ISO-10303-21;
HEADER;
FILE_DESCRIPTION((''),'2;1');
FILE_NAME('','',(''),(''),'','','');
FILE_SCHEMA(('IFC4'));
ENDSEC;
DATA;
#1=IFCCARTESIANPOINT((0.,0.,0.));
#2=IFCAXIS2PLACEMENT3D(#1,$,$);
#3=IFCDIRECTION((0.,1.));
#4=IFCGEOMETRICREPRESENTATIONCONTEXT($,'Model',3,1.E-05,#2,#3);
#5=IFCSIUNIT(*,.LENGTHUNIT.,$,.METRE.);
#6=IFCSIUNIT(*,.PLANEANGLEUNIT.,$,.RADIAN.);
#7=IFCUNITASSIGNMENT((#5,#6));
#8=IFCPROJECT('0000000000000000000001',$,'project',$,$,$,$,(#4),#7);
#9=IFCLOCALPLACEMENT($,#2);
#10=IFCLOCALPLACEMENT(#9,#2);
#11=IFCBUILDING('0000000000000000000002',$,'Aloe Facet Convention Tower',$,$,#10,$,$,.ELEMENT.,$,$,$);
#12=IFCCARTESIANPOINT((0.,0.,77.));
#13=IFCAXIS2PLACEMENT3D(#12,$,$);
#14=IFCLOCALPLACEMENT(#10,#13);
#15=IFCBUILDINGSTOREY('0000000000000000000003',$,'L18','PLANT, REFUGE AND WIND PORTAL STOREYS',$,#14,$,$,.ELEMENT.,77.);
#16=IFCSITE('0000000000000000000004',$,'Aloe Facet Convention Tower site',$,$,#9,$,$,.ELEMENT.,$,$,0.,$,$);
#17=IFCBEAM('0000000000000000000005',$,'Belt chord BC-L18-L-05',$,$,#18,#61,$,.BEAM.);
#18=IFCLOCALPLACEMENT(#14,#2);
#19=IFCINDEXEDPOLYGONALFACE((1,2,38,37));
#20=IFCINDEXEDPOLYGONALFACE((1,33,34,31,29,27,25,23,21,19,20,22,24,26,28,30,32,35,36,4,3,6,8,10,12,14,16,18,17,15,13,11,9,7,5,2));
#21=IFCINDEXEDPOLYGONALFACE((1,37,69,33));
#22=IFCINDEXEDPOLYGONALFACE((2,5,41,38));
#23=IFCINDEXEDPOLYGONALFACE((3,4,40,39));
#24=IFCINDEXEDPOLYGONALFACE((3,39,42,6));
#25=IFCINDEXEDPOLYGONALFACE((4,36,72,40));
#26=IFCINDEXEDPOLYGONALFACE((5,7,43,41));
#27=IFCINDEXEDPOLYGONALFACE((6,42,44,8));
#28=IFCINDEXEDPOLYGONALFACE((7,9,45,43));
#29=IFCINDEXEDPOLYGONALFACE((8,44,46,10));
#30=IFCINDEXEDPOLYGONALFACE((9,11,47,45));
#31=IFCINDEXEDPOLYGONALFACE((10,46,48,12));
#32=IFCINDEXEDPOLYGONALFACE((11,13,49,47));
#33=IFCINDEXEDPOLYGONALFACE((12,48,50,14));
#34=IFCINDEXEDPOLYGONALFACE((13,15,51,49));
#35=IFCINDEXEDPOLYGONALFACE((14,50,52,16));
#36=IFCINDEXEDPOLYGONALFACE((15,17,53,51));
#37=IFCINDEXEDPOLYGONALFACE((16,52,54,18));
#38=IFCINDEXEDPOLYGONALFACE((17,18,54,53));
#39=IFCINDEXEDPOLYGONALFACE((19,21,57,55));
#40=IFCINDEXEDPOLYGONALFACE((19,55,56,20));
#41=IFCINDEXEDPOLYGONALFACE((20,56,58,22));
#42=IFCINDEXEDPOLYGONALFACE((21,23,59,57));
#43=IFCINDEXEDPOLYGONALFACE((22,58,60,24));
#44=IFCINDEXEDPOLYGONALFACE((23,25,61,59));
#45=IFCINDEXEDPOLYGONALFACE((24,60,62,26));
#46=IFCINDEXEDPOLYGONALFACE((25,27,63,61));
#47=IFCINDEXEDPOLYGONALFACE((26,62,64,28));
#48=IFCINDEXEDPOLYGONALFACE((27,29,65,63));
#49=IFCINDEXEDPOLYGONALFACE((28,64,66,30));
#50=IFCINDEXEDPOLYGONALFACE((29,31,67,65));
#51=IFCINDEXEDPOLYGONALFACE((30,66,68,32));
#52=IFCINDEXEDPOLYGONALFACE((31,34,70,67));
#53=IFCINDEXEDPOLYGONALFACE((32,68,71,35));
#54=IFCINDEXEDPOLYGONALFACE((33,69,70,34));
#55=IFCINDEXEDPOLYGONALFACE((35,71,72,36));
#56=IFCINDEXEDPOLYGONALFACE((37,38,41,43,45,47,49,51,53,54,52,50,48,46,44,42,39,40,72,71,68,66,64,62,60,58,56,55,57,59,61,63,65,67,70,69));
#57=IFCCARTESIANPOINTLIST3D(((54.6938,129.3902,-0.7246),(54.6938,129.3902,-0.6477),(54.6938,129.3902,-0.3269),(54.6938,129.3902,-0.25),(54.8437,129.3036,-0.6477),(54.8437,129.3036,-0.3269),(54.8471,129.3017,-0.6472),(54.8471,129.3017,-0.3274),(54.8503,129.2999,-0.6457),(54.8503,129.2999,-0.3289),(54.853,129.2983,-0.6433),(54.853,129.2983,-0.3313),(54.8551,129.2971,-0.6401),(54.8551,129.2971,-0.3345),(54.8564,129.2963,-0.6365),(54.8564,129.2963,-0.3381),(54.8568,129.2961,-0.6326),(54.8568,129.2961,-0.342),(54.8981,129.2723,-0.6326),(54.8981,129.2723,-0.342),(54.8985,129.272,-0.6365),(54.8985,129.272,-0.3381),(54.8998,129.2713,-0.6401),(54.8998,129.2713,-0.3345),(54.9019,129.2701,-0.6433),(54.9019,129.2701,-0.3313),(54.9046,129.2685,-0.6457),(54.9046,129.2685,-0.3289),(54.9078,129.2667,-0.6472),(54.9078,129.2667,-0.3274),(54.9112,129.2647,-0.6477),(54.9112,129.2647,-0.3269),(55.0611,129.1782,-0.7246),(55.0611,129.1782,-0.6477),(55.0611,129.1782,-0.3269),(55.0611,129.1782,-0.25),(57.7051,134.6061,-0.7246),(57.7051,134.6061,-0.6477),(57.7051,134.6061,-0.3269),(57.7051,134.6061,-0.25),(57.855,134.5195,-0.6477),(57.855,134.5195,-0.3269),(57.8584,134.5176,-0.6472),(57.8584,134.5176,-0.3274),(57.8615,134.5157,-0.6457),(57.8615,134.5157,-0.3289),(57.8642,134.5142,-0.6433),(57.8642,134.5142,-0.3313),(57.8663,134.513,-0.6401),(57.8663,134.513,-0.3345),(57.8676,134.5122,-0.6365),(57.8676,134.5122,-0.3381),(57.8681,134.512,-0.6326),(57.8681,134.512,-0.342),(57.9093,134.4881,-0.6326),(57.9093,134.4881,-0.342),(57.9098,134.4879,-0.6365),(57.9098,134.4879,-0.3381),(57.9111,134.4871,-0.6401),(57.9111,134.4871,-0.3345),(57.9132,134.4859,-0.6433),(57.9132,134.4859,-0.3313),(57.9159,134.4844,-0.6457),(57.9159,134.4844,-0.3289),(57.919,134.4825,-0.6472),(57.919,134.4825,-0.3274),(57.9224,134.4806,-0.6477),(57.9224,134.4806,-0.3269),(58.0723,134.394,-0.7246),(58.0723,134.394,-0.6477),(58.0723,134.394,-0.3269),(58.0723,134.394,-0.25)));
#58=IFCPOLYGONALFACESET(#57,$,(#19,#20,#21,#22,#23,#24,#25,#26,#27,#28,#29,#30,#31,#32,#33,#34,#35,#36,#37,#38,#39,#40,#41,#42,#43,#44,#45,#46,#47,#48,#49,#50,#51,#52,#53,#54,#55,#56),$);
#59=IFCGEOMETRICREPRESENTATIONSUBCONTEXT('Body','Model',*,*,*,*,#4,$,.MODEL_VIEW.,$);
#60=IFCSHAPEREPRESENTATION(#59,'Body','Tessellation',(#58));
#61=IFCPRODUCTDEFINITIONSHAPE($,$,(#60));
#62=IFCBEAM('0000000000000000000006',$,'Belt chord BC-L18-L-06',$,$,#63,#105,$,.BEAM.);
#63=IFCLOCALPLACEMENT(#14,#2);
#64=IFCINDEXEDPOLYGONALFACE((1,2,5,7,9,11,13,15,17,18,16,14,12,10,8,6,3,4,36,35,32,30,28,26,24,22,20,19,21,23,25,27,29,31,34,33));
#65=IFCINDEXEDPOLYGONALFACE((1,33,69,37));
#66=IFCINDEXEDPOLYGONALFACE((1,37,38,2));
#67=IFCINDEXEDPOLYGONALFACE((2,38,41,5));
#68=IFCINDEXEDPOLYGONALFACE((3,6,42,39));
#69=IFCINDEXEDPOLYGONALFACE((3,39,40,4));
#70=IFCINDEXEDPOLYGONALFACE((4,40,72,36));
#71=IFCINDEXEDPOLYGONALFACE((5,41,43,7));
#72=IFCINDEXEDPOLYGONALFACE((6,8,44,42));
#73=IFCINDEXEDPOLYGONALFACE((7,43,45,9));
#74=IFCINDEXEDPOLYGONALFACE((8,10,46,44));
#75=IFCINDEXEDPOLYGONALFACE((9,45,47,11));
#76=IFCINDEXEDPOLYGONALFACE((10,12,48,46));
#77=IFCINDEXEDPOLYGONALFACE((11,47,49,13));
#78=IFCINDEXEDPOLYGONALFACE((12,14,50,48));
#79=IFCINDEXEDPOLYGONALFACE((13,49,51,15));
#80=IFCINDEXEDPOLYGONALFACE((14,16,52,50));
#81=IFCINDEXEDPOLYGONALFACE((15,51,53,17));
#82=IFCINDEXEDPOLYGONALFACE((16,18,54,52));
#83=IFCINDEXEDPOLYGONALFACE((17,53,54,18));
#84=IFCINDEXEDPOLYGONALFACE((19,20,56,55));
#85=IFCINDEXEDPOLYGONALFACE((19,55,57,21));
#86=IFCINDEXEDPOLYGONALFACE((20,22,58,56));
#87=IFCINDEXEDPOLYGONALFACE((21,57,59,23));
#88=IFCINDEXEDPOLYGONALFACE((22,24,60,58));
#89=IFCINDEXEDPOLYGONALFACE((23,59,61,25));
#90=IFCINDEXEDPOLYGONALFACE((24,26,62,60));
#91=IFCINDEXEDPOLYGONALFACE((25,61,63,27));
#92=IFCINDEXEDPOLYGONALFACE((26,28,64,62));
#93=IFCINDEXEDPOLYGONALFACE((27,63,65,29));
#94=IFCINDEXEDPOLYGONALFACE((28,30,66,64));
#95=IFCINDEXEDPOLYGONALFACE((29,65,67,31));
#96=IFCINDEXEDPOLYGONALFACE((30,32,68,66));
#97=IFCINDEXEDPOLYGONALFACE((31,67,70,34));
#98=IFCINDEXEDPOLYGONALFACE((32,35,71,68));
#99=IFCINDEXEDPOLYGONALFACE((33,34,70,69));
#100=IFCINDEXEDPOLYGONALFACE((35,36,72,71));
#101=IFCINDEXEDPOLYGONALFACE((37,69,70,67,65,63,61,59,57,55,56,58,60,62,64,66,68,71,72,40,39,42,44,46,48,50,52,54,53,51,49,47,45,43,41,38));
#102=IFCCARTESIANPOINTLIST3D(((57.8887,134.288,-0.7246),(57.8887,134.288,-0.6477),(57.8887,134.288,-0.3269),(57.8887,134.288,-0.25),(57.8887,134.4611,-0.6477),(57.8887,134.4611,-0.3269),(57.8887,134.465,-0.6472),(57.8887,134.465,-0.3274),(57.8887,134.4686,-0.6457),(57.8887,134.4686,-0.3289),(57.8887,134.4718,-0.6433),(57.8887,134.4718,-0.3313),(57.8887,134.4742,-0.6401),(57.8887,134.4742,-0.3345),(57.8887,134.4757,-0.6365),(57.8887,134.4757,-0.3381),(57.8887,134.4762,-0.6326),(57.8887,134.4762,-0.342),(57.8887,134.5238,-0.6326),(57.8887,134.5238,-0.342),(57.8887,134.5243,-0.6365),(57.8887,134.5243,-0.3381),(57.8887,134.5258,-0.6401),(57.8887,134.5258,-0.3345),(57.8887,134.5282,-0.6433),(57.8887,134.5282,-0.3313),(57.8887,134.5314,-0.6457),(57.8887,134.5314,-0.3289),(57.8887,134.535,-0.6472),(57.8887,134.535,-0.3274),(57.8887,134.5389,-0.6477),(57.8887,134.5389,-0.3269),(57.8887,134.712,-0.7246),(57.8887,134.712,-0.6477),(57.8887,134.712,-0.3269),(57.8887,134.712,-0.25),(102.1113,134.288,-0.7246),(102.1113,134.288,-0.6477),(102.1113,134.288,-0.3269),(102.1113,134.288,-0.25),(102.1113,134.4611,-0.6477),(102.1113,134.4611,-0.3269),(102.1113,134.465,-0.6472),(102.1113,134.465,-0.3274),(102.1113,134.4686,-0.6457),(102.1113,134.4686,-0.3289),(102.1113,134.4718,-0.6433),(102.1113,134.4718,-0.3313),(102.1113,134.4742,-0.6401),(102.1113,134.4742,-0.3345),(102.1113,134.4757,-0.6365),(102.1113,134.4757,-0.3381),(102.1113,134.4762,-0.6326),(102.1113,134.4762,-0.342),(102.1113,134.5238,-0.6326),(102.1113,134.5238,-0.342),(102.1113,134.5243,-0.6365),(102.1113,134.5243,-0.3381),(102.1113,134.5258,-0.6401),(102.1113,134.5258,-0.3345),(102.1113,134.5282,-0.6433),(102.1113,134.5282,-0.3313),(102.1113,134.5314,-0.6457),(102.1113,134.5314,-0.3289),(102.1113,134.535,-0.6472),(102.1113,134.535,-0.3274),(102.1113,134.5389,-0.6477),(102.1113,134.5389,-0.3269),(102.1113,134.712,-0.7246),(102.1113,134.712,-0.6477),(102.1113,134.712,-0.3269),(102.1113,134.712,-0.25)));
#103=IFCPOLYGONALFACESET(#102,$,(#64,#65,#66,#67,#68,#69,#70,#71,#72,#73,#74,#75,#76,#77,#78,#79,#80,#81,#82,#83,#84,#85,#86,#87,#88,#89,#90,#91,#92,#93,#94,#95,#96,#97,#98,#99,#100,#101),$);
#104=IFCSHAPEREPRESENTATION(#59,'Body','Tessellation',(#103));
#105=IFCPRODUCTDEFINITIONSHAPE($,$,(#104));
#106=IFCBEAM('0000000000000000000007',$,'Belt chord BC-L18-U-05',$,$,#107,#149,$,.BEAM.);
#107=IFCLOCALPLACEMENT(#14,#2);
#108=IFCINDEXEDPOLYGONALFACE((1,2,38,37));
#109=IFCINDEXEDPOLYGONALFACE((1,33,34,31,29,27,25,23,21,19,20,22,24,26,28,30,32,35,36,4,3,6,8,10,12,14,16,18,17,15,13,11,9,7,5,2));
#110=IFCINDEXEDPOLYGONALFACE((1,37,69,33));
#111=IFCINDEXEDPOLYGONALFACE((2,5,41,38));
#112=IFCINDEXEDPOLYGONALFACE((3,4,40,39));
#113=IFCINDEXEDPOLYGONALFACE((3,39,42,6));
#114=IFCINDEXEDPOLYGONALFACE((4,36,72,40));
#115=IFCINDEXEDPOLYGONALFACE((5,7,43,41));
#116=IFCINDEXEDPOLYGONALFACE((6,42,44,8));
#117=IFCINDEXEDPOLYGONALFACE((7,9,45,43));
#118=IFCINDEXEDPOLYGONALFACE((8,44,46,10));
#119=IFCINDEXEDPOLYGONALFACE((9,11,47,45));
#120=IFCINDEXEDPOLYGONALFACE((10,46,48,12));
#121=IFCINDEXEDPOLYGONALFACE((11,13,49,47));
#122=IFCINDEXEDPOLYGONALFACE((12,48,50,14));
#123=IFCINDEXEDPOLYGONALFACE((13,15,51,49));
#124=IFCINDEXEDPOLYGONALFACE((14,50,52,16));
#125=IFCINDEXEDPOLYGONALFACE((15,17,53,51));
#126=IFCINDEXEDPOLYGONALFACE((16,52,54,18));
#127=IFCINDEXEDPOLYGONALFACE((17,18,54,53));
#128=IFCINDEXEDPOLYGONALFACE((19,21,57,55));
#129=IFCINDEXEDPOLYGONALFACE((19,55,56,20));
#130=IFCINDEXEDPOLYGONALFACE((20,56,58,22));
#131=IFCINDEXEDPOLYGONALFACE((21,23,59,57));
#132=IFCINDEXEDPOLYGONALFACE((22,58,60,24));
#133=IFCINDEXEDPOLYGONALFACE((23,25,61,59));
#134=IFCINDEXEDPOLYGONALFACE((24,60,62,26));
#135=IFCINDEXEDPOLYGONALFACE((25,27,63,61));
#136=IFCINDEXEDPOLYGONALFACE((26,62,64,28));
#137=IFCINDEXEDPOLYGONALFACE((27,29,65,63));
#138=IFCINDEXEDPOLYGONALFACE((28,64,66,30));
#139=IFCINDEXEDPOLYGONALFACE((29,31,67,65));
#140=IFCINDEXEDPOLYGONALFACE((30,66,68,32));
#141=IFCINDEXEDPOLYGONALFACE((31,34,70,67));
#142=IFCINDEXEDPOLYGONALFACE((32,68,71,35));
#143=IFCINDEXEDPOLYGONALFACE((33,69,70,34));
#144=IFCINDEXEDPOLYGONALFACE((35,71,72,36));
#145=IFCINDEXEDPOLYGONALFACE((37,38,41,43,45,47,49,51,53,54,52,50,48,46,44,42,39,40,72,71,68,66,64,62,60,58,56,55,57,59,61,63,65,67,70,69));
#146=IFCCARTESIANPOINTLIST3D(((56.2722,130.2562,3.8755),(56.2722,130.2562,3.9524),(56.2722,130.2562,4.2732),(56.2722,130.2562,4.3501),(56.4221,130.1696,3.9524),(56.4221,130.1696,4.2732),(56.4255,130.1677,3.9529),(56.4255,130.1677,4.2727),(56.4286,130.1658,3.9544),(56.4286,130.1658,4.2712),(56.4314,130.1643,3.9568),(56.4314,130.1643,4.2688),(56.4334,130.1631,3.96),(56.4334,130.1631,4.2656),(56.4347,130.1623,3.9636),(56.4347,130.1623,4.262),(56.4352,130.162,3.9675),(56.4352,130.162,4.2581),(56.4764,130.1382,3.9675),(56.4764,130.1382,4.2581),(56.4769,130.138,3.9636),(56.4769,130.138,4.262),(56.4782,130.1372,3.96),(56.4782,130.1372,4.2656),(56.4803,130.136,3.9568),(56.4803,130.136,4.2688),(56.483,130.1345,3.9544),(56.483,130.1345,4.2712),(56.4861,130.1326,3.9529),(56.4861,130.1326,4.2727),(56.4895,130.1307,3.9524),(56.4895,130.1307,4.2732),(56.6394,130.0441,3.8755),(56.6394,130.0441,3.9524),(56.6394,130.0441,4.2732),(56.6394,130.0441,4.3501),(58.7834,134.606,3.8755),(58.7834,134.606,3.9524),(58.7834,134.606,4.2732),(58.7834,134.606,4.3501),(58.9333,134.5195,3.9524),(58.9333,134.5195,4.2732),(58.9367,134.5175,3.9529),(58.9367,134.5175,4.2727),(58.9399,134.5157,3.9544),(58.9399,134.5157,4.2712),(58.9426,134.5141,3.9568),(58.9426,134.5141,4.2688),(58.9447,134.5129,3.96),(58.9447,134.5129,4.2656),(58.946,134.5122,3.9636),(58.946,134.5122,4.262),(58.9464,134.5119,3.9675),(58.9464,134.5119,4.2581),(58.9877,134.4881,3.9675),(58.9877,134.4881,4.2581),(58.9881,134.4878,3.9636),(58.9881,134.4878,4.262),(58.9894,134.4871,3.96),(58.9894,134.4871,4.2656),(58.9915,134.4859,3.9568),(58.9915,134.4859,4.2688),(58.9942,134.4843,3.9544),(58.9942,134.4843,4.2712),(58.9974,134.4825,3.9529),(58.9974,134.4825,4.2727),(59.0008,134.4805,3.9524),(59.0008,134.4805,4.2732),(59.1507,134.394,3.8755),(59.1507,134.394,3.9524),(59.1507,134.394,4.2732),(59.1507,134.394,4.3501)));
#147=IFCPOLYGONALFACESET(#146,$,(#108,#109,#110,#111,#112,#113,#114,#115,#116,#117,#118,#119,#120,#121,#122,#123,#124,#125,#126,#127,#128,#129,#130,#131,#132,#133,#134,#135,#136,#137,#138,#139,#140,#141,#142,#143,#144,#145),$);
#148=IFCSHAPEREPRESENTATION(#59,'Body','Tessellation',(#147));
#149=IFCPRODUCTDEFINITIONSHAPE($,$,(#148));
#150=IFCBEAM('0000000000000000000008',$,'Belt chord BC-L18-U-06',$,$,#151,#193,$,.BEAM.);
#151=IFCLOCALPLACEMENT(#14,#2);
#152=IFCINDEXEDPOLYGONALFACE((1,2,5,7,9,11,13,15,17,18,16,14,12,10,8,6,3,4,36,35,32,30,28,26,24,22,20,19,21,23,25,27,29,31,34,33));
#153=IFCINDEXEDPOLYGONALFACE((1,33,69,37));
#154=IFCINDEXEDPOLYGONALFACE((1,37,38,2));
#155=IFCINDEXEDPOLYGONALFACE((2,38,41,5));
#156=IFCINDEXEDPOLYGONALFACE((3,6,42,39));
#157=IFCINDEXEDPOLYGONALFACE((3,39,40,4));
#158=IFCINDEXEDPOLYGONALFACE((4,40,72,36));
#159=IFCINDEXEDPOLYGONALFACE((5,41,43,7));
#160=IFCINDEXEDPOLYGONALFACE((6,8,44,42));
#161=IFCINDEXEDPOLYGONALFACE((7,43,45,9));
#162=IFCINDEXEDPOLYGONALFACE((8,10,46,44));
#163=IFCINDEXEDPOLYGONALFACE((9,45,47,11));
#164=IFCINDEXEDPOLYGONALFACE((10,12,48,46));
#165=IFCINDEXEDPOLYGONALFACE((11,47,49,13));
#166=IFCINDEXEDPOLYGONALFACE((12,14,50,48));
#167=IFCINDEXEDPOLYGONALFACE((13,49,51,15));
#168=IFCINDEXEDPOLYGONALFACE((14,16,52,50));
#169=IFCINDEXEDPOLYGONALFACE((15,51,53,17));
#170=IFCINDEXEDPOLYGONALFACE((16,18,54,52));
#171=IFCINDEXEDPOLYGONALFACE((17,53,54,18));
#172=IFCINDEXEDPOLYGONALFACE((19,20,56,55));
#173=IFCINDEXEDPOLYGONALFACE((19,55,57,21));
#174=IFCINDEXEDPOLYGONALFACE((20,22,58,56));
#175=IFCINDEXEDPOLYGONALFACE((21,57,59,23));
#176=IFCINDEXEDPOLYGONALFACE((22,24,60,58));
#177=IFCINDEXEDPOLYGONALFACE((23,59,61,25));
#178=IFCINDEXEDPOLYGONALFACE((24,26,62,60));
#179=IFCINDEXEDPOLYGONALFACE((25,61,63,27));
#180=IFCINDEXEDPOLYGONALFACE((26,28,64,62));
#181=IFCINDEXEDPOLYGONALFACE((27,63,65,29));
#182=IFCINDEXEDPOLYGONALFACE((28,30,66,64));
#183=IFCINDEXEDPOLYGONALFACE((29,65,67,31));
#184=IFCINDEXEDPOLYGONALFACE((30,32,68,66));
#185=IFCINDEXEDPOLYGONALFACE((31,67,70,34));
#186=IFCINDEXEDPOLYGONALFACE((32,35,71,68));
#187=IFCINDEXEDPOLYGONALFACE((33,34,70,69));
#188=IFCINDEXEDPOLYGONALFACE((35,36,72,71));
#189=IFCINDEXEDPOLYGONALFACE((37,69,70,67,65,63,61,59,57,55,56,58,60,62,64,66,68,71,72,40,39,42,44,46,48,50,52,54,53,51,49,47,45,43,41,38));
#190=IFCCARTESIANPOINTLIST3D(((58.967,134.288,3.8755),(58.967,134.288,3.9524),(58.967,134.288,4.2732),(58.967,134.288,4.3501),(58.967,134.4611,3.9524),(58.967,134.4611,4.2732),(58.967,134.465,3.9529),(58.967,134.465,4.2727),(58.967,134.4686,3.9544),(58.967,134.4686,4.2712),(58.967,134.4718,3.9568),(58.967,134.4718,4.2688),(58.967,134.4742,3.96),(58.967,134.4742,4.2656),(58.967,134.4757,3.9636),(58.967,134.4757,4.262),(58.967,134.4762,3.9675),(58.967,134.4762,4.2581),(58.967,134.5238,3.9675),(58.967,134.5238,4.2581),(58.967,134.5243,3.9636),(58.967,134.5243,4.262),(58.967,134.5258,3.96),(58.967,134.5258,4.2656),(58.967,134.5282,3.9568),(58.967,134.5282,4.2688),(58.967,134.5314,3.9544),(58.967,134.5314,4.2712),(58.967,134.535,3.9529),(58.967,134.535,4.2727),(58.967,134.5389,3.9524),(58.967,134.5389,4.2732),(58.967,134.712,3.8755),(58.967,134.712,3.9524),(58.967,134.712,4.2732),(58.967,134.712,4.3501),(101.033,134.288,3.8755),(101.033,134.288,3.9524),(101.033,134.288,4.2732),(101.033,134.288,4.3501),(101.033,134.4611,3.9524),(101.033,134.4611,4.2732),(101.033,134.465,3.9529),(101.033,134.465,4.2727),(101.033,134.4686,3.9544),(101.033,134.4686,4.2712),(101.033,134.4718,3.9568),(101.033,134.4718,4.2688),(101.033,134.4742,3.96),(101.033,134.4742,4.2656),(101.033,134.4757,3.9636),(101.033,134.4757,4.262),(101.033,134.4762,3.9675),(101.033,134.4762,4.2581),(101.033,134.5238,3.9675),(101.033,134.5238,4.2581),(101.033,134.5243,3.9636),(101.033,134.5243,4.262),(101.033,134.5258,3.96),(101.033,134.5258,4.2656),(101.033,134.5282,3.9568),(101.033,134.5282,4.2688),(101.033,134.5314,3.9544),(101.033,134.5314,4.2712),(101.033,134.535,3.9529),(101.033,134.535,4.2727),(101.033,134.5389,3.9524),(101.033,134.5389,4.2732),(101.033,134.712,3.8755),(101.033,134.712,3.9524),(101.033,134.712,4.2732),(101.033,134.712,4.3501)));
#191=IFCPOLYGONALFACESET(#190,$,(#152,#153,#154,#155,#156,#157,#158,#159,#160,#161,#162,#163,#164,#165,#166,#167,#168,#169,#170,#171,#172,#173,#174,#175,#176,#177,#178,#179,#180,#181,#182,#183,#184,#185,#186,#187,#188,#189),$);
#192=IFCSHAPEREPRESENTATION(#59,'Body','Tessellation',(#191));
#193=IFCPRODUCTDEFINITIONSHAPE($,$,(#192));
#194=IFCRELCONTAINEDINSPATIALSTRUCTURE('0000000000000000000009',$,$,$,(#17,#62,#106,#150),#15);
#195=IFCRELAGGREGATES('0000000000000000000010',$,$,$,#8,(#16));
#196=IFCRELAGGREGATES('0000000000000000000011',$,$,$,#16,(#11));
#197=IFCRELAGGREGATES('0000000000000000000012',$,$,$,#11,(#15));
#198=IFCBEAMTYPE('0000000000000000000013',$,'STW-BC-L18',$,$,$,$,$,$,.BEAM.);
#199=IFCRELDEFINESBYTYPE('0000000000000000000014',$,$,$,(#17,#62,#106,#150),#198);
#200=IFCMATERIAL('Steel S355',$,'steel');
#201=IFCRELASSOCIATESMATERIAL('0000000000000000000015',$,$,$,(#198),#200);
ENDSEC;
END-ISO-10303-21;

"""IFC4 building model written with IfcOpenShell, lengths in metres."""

from ifc_helpers import new_model, si_unit, direction, frame, origin, origin_2d, place, context, subcontext, project, spatial, i_section, extrude, material, material_profile, profile_set, type_object, element, save


model = new_model("IFC4")

# Units and contexts
model_context = context("Model", 3, precision=1e-05, world=origin(), true_north=direction((0.0, 1.0)))
body_context = subcontext(model_context, "Body", "Model", "MODEL_VIEW")
ifc_project = project(units=[si_unit("LENGTHUNIT", "METRE"), si_unit("PLANEANGLEUNIT", "RADIAN")], contexts=[model_context])

# Site, building, storey
site_placement = place(None, origin())
site = spatial("IfcSite", under=ifc_project, at=site_placement, Name="Aloe Facet Convention Tower site", CompositionType="ELEMENT", RefElevation=0.0)
building_placement = place(site_placement, origin())
building = spatial("IfcBuilding", under=site, at=building_placement, Name="Aloe Facet Convention Tower", CompositionType="ELEMENT")
storey_placement = place(building_placement, frame((0.0, 0.0, 77.0)))
storey = spatial("IfcBuildingStorey", under=building, at=storey_placement, Name="L18", Description="PLANT, REFUGE AND WIND PORTAL STOREYS", CompositionType="ELEMENT", Elevation=77.0)

# Beams
ifc_material_1 = material(Name="Steel S355", Category="steel")
ifc_material_profile_1 = material_profile(ifc_material_1, i_section(OverallWidth=0.4241, OverallDepth=0.4746, WebThickness=0.0476, FlangeThickness=0.0769, FilletRadius=0.0151, at=origin_2d()), Name="UC 356x406x634")
ifc_profile_set_1 = profile_set([ifc_material_profile_1], Name="Steel S355")
beam_type_1 = type_object("IfcBeamType", Name="STW-BC-L18", PredefinedType="BEAM", material=ifc_profile_set_1)
beam_1_placement = place(storey_placement, frame((54.8774, 129.2842, -0.4873), z_axis=(0.499984, 0.866034, 0.0), x_axis=(-0.866034, 0.499984, 0.0)))
element("IfcBeam", 1, at=beam_1_placement, inside=storey, type_object=beam_type_1, Name="Belt chord BC-L18-L-05", PredefinedType="BEAM", context=body_context, shape_type="SweptSolid", body=[
    extrude(i_section(OverallWidth=0.4241, OverallDepth=0.4746, WebThickness=0.0476, FlangeThickness=0.0769, FilletRadius=0.0151, at=origin_2d()), origin(), (0.0, 0.0, 1.0), 6.0227),
])
beam_2_placement = place(storey_placement, frame((57.8887, 134.5, -0.4873), z_axis=(1.0, 0.0, 0.0), x_axis=(0.0, 1.0, 0.0)))
element("IfcBeam", 2, at=beam_2_placement, inside=storey, type_object=beam_type_1, Name="Belt chord BC-L18-L-06", PredefinedType="BEAM", context=body_context, shape_type="SweptSolid", body=[
    extrude(i_section(OverallWidth=0.4241, OverallDepth=0.4746, WebThickness=0.0476, FlangeThickness=0.0769, FilletRadius=0.0151, at=origin_2d()), origin(), (0.0, 0.0, 1.0), 44.2227),
])
beam_3_placement = place(storey_placement, frame((56.4558, 130.1501, 4.1128), z_axis=(0.499976, 0.866039, 0.0), x_axis=(-0.866039, 0.499976, 0.0)))
element("IfcBeam", 3, at=beam_3_placement, inside=storey, type_object=beam_type_1, Name="Belt chord BC-L18-U-05", PredefinedType="BEAM", context=body_context, shape_type="SweptSolid", body=[
    extrude(i_section(OverallWidth=0.4241, OverallDepth=0.4746, WebThickness=0.0476, FlangeThickness=0.0769, FilletRadius=0.0151, at=origin_2d()), origin(), (0.0, 0.0, 1.0), 5.0227),
])
beam_4_placement = place(storey_placement, frame((58.967, 134.5, 4.1128), z_axis=(1.0, 0.0, 0.0), x_axis=(0.0, 1.0, 0.0)))
element("IfcBeam", 4, at=beam_4_placement, inside=storey, type_object=beam_type_1, Name="Belt chord BC-L18-U-06", PredefinedType="BEAM", context=body_context, shape_type="SweptSolid", body=[
    extrude(i_section(OverallWidth=0.4241, OverallDepth=0.4746, WebThickness=0.0476, FlangeThickness=0.0769, FilletRadius=0.0151, at=origin_2d()), origin(), (0.0, 0.0, 1.0), 42.0659),
])

save(model, "model.ifc")
